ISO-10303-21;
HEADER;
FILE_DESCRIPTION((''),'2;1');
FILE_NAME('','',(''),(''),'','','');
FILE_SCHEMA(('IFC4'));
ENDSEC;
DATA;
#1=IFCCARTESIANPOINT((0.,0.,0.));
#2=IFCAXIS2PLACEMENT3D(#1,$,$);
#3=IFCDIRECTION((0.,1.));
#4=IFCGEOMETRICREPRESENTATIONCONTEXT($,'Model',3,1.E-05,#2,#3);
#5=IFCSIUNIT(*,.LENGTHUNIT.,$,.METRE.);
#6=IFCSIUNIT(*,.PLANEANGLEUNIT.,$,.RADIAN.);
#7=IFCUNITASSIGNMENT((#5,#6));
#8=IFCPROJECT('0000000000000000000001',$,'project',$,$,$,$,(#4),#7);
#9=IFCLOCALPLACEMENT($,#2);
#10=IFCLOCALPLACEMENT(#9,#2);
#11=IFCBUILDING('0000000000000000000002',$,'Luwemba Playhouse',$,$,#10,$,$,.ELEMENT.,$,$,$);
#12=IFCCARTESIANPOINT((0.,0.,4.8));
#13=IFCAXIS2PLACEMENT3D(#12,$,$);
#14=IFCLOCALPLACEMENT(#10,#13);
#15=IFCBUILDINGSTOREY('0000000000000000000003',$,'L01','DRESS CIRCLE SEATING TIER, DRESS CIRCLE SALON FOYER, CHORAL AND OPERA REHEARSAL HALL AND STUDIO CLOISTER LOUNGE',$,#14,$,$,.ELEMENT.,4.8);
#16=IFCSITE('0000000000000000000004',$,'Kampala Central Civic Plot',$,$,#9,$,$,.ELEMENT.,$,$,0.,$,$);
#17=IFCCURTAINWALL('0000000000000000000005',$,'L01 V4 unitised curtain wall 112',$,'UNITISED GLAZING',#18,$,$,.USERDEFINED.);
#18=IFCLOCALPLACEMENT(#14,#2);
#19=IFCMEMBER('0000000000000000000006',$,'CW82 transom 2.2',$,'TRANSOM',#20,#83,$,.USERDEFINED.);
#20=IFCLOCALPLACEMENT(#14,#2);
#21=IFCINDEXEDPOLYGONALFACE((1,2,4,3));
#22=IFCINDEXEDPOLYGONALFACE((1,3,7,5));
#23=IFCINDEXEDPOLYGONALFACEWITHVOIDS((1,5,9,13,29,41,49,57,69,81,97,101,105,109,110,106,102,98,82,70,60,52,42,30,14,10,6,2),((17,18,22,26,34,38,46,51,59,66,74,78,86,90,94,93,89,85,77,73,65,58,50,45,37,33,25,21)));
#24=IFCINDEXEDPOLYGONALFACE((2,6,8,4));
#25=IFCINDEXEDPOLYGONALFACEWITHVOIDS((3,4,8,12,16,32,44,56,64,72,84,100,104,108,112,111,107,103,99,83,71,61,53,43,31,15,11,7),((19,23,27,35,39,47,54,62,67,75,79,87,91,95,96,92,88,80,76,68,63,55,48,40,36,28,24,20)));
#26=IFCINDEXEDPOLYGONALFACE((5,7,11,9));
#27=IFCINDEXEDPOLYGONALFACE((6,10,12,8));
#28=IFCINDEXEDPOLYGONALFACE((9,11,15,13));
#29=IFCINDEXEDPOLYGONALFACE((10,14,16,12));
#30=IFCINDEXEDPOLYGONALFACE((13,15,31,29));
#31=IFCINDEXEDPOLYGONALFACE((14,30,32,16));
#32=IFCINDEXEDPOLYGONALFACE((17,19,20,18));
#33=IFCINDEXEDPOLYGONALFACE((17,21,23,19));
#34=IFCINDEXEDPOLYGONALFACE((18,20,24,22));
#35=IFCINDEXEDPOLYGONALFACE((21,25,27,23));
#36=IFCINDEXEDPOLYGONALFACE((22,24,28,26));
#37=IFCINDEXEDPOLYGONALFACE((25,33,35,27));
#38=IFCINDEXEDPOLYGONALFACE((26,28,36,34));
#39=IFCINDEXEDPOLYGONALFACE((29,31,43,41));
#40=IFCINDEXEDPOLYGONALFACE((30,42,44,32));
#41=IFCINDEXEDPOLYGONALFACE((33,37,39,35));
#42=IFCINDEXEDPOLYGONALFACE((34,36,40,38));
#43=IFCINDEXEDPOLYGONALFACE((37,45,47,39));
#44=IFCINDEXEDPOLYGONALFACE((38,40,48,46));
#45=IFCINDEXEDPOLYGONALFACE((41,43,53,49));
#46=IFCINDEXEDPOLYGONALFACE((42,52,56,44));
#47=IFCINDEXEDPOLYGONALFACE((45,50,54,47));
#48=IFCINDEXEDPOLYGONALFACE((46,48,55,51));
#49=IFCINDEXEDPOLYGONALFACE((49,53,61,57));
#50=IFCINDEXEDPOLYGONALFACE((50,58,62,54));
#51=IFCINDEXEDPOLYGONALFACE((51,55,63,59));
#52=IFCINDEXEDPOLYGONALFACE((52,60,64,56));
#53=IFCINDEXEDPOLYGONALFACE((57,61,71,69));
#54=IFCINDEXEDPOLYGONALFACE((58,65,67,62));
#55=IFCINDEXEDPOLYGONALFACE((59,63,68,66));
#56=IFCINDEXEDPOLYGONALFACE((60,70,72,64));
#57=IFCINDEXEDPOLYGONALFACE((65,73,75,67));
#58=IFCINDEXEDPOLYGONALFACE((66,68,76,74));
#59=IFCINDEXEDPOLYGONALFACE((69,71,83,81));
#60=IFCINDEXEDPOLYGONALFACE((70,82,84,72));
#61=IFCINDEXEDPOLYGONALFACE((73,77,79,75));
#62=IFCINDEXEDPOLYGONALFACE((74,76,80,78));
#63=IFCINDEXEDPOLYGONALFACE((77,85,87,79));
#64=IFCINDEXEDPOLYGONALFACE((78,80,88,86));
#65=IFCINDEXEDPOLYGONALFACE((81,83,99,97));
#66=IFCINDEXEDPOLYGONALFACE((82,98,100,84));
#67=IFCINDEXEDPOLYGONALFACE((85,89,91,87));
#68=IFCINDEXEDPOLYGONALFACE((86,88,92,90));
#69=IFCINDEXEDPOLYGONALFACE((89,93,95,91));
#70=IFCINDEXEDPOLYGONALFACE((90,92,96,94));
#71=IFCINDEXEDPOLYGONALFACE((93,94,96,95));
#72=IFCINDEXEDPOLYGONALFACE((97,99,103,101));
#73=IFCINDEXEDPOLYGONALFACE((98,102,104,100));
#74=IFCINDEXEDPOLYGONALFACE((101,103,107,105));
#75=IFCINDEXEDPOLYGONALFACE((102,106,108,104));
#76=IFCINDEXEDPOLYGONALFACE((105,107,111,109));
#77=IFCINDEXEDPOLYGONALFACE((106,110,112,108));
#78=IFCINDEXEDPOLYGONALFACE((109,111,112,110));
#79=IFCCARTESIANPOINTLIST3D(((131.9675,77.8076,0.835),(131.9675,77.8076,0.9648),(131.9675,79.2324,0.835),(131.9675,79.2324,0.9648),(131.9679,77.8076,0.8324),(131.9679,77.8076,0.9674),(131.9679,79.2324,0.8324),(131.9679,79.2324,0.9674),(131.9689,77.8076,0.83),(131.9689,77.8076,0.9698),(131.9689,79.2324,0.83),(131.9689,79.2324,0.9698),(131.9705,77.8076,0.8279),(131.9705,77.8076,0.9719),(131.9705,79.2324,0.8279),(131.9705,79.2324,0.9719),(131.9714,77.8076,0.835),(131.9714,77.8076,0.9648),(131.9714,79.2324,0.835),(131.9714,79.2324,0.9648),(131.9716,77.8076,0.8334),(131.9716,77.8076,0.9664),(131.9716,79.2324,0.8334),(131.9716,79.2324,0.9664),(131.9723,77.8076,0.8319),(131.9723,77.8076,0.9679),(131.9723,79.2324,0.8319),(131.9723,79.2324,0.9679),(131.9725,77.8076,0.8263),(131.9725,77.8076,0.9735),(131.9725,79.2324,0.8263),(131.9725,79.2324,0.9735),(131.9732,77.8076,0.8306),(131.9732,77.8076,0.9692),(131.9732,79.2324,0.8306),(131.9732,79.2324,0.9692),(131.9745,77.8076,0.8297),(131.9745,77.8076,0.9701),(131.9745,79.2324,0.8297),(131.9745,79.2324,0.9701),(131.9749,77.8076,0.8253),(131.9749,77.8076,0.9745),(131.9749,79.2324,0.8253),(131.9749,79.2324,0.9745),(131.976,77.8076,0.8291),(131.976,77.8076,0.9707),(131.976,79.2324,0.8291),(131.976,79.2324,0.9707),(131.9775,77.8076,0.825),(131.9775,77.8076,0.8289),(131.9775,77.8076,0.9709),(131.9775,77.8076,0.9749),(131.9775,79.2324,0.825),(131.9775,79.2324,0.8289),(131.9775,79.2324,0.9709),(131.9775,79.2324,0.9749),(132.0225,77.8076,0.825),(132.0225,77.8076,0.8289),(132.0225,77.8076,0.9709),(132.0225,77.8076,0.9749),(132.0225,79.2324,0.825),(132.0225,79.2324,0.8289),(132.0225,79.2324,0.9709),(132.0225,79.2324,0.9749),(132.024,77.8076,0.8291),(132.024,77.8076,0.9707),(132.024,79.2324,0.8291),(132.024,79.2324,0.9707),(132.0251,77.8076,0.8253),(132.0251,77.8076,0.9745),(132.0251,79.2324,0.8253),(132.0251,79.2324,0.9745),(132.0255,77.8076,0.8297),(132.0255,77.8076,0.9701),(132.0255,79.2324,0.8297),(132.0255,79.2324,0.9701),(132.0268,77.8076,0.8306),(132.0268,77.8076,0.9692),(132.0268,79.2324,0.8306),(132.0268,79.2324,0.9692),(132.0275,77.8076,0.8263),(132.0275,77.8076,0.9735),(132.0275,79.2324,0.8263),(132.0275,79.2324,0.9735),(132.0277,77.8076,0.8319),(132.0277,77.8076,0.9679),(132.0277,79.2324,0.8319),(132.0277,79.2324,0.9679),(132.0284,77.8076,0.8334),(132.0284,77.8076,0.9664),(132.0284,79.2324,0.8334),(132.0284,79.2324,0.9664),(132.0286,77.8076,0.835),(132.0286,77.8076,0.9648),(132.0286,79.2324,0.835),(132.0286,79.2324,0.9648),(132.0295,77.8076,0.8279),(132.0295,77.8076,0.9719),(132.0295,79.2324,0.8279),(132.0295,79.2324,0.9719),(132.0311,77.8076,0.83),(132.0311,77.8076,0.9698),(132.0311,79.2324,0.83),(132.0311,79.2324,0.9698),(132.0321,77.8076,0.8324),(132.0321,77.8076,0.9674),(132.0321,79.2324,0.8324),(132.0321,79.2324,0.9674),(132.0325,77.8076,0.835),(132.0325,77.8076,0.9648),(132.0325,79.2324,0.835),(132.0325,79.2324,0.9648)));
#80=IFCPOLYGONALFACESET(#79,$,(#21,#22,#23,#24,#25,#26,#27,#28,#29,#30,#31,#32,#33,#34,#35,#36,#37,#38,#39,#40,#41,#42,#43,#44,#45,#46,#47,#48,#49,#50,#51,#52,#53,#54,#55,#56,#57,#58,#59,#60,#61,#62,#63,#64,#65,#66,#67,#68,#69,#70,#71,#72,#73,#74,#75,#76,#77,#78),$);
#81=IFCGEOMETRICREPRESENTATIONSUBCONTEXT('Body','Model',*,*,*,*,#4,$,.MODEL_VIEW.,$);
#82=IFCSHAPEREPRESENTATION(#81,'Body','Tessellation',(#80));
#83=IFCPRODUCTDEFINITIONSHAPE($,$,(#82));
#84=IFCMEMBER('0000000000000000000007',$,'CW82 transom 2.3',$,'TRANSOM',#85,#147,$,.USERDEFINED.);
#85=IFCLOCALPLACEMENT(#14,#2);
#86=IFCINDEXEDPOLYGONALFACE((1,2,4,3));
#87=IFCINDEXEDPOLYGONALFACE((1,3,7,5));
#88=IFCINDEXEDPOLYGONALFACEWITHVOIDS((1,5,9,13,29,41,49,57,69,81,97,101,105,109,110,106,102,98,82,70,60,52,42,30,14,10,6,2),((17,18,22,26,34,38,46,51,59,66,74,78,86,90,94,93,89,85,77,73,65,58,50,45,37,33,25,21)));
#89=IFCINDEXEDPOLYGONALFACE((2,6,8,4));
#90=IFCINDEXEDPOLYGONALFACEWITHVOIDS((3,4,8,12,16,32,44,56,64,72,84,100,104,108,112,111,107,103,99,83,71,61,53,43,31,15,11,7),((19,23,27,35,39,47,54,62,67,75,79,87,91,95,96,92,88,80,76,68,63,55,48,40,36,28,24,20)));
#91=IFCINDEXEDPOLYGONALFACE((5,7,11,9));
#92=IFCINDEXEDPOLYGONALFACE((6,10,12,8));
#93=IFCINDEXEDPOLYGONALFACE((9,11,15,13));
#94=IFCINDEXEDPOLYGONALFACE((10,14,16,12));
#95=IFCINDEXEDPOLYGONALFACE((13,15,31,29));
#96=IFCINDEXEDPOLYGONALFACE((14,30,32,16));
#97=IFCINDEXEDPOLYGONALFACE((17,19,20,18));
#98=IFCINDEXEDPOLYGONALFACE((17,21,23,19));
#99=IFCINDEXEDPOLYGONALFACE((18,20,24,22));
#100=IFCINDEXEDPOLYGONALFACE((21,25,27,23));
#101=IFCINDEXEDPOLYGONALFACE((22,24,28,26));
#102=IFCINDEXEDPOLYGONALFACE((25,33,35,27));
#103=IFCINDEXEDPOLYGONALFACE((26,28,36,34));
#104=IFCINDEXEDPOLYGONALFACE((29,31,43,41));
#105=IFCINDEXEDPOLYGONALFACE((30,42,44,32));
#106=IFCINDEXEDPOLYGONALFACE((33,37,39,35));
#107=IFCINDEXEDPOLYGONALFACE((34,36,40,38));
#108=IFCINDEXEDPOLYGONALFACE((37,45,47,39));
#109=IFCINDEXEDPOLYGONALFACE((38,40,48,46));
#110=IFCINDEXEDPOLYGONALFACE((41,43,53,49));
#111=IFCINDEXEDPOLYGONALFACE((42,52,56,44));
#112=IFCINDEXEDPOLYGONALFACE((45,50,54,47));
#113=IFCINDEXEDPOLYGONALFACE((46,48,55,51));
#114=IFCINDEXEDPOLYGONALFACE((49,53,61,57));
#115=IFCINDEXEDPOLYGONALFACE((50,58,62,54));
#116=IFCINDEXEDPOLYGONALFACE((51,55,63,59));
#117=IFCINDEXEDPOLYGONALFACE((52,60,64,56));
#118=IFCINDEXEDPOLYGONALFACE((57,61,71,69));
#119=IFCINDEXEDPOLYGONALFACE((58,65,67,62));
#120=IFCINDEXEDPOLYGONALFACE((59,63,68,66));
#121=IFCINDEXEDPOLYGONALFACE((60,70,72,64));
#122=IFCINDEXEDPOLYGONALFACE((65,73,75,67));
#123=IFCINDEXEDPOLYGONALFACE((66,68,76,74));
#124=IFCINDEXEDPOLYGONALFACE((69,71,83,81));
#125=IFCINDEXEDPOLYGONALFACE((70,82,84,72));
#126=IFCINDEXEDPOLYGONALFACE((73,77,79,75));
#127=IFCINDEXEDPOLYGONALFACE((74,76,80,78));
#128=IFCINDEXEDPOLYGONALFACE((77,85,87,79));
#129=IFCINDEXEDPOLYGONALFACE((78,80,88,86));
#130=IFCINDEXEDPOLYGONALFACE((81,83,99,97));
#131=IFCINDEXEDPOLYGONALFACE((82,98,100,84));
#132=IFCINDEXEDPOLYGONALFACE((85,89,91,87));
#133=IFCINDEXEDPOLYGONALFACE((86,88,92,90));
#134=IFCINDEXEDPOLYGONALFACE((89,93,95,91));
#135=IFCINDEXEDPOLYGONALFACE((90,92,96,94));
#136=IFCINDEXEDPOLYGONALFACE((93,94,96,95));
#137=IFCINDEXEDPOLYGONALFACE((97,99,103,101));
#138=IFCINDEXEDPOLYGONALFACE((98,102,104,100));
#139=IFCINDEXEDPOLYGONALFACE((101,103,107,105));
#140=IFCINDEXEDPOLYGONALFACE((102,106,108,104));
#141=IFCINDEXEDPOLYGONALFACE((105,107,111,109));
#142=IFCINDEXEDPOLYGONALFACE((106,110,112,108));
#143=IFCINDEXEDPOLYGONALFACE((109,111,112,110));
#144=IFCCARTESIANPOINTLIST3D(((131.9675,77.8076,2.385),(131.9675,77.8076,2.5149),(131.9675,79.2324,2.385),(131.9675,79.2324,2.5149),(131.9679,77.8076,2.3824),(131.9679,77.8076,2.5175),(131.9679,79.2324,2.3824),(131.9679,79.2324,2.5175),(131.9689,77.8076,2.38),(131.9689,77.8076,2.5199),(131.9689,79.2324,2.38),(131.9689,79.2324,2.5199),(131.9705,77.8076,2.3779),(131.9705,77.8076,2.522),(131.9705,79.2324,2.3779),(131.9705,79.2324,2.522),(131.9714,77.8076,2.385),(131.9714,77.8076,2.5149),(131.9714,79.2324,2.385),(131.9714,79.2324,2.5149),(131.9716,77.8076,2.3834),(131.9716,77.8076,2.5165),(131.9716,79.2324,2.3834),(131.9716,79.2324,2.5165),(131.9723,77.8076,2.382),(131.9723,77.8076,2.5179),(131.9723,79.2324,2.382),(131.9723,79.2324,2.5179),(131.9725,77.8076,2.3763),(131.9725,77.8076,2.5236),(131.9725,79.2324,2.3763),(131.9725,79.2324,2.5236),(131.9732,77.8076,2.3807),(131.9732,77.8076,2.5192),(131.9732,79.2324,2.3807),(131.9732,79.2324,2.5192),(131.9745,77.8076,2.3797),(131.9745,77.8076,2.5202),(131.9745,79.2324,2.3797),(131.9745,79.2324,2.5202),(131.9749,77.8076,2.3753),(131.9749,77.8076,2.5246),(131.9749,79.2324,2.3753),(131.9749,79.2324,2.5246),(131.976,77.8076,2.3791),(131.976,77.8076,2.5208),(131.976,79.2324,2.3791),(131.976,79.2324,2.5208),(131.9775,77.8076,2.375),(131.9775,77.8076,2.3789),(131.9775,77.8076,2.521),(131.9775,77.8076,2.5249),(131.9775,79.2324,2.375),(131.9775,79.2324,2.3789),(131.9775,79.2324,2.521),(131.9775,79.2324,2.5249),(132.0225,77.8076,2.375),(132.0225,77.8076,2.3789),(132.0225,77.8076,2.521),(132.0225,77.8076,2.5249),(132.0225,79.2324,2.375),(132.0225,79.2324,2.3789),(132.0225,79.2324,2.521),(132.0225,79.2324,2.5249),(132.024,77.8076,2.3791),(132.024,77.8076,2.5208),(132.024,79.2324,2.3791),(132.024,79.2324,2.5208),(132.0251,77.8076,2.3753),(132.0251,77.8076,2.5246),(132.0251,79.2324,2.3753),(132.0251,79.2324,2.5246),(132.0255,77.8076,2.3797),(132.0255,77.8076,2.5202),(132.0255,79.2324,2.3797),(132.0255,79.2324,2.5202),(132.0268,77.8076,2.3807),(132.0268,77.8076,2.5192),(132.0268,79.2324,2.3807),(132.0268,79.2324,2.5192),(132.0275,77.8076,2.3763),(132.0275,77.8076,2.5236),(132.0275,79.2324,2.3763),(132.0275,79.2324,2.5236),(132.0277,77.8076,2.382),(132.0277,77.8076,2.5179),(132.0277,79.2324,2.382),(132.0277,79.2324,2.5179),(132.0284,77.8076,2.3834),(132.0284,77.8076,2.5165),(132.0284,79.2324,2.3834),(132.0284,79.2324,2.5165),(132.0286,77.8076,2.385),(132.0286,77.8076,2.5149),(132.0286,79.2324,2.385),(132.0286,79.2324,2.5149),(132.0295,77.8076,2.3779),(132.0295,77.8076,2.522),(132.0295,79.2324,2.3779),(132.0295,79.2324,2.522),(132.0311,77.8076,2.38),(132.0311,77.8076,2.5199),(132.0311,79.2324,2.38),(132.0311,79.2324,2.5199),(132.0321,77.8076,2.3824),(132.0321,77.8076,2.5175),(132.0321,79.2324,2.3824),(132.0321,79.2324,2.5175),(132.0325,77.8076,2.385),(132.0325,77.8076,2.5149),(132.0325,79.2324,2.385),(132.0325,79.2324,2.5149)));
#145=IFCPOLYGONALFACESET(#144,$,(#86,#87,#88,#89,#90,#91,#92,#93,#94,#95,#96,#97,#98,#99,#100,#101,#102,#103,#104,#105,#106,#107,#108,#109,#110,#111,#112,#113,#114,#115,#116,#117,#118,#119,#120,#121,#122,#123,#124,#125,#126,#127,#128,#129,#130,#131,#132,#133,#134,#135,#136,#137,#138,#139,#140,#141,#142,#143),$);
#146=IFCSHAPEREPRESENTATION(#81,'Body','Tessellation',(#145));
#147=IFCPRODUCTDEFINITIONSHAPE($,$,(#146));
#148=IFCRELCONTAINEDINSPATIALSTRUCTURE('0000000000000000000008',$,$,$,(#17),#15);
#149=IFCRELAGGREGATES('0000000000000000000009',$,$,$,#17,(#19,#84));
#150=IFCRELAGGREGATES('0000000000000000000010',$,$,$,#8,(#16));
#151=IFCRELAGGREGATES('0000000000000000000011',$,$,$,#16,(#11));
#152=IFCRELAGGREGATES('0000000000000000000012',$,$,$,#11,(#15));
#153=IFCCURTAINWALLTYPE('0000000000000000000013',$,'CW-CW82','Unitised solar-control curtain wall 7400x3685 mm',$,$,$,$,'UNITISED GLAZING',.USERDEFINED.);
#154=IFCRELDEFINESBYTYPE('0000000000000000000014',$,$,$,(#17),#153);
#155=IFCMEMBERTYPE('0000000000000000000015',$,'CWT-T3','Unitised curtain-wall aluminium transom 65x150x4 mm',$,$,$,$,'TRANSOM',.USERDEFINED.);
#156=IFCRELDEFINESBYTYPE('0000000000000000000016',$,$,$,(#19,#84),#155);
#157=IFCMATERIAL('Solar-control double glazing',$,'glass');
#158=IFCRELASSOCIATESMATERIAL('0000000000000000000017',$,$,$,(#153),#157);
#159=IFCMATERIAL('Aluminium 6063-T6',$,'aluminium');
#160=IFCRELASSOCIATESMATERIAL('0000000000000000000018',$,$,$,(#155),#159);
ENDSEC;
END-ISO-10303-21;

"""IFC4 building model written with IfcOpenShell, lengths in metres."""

from ifc_helpers import new_model, si_unit, direction, frame, origin, origin_2d, place, context, subcontext, project, spatial, hollow_rectangle, extrude, material, material_profile, profile_set, type_object, element, aggregate, save


model = new_model("IFC4")

# Units and contexts
model_context = context("Model", 3, precision=1e-05, world=origin(), true_north=direction((0.0, 1.0)))
body_context = subcontext(model_context, "Body", "Model", "MODEL_VIEW")
ifc_project = project(units=[si_unit("LENGTHUNIT", "METRE"), si_unit("PLANEANGLEUNIT", "RADIAN")], contexts=[model_context])

# Site, building, storey
site_placement = place(None, origin())
site = spatial("IfcSite", under=ifc_project, at=site_placement, Name="Kampala Central Civic Plot", CompositionType="ELEMENT", RefElevation=0.0)
building_placement = place(site_placement, origin())
building = spatial("IfcBuilding", under=site, at=building_placement, Name="Luwemba Playhouse", CompositionType="ELEMENT")
storey_placement = place(building_placement, frame((0.0, 0.0, 4.8)))
storey = spatial("IfcBuildingStorey", under=building, at=storey_placement, Name="L01", Description="DRESS CIRCLE SEATING TIER, DRESS CIRCLE SALON FOYER, CHORAL AND OPERA REHEARSAL HALL AND STUDIO CLOISTER LOUNGE", CompositionType="ELEMENT", Elevation=4.8)

# Curtain wall
ifc_material_1 = material(Name="Solar-control double glazing", Category="glass")
curtain_wall_type_1 = type_object("IfcCurtainWallType", Name="CW-CW82", Description="Unitised solar-control curtain wall 7400x3685 mm", ElementType="UNITISED GLAZING", PredefinedType="USERDEFINED", material=ifc_material_1)
curtain_wall_1_placement = place(storey_placement, origin())
curtain_wall_1 = element("IfcCurtainWall", 1, at=curtain_wall_1_placement, inside=storey, type_object=curtain_wall_type_1, Name="L01 V4 unitised curtain wall 112", ObjectType="UNITISED GLAZING", PredefinedType="USERDEFINED")
ifc_material_2 = material(Name="Aluminium 6063-T6", Category="aluminium")

# Members
ifc_material_profile_1 = material_profile(ifc_material_2, hollow_rectangle(XDim=0.0649, YDim=0.1499, WallThickness=0.0039, InnerFilletRadius=0.0061, OuterFilletRadius=0.01, at=origin_2d()))
ifc_profile_set_1 = profile_set([ifc_material_profile_1], Name="Aluminium 6063-T6")
member_type_1 = type_object("IfcMemberType", Name="CWT-T3", Description="Unitised curtain-wall aluminium transom 65x150x4 mm", ElementType="TRANSOM", PredefinedType="USERDEFINED", material=ifc_profile_set_1)
member_1_placement = place(storey_placement, frame((132.0, 77.8076, 0.8999), z_axis=(0.0, 1.0, 0.0), x_axis=(-1.0, 0.0, 0.0)))
member_1 = element("IfcMember", 2, at=member_1_placement, type_object=member_type_1, Name="CW82 transom 2.2", ObjectType="TRANSOM", PredefinedType="USERDEFINED", context=body_context, shape_type="SweptSolid", body=[
    extrude(hollow_rectangle(XDim=0.0649, YDim=0.1499, WallThickness=0.0039, InnerFilletRadius=0.0061, OuterFilletRadius=0.01, at=origin_2d()), origin(), (0.0, 0.0, 1.0), 1.4248),
])
member_2_placement = place(storey_placement, frame((132.0, 77.8076, 2.45), z_axis=(0.0, 1.0, 0.0), x_axis=(-1.0, 0.0, 0.0)))
member_2 = element("IfcMember", 3, at=member_2_placement, type_object=member_type_1, Name="CW82 transom 2.3", ObjectType="TRANSOM", PredefinedType="USERDEFINED", context=body_context, shape_type="SweptSolid", body=[
    extrude(hollow_rectangle(XDim=0.0649, YDim=0.1499, WallThickness=0.0039, InnerFilletRadius=0.0061, OuterFilletRadius=0.01, at=origin_2d()), origin(), (0.0, 0.0, 1.0), 1.4248),
])

aggregate(curtain_wall_1, [member_1, member_2])

save(model, "model.ifc")
